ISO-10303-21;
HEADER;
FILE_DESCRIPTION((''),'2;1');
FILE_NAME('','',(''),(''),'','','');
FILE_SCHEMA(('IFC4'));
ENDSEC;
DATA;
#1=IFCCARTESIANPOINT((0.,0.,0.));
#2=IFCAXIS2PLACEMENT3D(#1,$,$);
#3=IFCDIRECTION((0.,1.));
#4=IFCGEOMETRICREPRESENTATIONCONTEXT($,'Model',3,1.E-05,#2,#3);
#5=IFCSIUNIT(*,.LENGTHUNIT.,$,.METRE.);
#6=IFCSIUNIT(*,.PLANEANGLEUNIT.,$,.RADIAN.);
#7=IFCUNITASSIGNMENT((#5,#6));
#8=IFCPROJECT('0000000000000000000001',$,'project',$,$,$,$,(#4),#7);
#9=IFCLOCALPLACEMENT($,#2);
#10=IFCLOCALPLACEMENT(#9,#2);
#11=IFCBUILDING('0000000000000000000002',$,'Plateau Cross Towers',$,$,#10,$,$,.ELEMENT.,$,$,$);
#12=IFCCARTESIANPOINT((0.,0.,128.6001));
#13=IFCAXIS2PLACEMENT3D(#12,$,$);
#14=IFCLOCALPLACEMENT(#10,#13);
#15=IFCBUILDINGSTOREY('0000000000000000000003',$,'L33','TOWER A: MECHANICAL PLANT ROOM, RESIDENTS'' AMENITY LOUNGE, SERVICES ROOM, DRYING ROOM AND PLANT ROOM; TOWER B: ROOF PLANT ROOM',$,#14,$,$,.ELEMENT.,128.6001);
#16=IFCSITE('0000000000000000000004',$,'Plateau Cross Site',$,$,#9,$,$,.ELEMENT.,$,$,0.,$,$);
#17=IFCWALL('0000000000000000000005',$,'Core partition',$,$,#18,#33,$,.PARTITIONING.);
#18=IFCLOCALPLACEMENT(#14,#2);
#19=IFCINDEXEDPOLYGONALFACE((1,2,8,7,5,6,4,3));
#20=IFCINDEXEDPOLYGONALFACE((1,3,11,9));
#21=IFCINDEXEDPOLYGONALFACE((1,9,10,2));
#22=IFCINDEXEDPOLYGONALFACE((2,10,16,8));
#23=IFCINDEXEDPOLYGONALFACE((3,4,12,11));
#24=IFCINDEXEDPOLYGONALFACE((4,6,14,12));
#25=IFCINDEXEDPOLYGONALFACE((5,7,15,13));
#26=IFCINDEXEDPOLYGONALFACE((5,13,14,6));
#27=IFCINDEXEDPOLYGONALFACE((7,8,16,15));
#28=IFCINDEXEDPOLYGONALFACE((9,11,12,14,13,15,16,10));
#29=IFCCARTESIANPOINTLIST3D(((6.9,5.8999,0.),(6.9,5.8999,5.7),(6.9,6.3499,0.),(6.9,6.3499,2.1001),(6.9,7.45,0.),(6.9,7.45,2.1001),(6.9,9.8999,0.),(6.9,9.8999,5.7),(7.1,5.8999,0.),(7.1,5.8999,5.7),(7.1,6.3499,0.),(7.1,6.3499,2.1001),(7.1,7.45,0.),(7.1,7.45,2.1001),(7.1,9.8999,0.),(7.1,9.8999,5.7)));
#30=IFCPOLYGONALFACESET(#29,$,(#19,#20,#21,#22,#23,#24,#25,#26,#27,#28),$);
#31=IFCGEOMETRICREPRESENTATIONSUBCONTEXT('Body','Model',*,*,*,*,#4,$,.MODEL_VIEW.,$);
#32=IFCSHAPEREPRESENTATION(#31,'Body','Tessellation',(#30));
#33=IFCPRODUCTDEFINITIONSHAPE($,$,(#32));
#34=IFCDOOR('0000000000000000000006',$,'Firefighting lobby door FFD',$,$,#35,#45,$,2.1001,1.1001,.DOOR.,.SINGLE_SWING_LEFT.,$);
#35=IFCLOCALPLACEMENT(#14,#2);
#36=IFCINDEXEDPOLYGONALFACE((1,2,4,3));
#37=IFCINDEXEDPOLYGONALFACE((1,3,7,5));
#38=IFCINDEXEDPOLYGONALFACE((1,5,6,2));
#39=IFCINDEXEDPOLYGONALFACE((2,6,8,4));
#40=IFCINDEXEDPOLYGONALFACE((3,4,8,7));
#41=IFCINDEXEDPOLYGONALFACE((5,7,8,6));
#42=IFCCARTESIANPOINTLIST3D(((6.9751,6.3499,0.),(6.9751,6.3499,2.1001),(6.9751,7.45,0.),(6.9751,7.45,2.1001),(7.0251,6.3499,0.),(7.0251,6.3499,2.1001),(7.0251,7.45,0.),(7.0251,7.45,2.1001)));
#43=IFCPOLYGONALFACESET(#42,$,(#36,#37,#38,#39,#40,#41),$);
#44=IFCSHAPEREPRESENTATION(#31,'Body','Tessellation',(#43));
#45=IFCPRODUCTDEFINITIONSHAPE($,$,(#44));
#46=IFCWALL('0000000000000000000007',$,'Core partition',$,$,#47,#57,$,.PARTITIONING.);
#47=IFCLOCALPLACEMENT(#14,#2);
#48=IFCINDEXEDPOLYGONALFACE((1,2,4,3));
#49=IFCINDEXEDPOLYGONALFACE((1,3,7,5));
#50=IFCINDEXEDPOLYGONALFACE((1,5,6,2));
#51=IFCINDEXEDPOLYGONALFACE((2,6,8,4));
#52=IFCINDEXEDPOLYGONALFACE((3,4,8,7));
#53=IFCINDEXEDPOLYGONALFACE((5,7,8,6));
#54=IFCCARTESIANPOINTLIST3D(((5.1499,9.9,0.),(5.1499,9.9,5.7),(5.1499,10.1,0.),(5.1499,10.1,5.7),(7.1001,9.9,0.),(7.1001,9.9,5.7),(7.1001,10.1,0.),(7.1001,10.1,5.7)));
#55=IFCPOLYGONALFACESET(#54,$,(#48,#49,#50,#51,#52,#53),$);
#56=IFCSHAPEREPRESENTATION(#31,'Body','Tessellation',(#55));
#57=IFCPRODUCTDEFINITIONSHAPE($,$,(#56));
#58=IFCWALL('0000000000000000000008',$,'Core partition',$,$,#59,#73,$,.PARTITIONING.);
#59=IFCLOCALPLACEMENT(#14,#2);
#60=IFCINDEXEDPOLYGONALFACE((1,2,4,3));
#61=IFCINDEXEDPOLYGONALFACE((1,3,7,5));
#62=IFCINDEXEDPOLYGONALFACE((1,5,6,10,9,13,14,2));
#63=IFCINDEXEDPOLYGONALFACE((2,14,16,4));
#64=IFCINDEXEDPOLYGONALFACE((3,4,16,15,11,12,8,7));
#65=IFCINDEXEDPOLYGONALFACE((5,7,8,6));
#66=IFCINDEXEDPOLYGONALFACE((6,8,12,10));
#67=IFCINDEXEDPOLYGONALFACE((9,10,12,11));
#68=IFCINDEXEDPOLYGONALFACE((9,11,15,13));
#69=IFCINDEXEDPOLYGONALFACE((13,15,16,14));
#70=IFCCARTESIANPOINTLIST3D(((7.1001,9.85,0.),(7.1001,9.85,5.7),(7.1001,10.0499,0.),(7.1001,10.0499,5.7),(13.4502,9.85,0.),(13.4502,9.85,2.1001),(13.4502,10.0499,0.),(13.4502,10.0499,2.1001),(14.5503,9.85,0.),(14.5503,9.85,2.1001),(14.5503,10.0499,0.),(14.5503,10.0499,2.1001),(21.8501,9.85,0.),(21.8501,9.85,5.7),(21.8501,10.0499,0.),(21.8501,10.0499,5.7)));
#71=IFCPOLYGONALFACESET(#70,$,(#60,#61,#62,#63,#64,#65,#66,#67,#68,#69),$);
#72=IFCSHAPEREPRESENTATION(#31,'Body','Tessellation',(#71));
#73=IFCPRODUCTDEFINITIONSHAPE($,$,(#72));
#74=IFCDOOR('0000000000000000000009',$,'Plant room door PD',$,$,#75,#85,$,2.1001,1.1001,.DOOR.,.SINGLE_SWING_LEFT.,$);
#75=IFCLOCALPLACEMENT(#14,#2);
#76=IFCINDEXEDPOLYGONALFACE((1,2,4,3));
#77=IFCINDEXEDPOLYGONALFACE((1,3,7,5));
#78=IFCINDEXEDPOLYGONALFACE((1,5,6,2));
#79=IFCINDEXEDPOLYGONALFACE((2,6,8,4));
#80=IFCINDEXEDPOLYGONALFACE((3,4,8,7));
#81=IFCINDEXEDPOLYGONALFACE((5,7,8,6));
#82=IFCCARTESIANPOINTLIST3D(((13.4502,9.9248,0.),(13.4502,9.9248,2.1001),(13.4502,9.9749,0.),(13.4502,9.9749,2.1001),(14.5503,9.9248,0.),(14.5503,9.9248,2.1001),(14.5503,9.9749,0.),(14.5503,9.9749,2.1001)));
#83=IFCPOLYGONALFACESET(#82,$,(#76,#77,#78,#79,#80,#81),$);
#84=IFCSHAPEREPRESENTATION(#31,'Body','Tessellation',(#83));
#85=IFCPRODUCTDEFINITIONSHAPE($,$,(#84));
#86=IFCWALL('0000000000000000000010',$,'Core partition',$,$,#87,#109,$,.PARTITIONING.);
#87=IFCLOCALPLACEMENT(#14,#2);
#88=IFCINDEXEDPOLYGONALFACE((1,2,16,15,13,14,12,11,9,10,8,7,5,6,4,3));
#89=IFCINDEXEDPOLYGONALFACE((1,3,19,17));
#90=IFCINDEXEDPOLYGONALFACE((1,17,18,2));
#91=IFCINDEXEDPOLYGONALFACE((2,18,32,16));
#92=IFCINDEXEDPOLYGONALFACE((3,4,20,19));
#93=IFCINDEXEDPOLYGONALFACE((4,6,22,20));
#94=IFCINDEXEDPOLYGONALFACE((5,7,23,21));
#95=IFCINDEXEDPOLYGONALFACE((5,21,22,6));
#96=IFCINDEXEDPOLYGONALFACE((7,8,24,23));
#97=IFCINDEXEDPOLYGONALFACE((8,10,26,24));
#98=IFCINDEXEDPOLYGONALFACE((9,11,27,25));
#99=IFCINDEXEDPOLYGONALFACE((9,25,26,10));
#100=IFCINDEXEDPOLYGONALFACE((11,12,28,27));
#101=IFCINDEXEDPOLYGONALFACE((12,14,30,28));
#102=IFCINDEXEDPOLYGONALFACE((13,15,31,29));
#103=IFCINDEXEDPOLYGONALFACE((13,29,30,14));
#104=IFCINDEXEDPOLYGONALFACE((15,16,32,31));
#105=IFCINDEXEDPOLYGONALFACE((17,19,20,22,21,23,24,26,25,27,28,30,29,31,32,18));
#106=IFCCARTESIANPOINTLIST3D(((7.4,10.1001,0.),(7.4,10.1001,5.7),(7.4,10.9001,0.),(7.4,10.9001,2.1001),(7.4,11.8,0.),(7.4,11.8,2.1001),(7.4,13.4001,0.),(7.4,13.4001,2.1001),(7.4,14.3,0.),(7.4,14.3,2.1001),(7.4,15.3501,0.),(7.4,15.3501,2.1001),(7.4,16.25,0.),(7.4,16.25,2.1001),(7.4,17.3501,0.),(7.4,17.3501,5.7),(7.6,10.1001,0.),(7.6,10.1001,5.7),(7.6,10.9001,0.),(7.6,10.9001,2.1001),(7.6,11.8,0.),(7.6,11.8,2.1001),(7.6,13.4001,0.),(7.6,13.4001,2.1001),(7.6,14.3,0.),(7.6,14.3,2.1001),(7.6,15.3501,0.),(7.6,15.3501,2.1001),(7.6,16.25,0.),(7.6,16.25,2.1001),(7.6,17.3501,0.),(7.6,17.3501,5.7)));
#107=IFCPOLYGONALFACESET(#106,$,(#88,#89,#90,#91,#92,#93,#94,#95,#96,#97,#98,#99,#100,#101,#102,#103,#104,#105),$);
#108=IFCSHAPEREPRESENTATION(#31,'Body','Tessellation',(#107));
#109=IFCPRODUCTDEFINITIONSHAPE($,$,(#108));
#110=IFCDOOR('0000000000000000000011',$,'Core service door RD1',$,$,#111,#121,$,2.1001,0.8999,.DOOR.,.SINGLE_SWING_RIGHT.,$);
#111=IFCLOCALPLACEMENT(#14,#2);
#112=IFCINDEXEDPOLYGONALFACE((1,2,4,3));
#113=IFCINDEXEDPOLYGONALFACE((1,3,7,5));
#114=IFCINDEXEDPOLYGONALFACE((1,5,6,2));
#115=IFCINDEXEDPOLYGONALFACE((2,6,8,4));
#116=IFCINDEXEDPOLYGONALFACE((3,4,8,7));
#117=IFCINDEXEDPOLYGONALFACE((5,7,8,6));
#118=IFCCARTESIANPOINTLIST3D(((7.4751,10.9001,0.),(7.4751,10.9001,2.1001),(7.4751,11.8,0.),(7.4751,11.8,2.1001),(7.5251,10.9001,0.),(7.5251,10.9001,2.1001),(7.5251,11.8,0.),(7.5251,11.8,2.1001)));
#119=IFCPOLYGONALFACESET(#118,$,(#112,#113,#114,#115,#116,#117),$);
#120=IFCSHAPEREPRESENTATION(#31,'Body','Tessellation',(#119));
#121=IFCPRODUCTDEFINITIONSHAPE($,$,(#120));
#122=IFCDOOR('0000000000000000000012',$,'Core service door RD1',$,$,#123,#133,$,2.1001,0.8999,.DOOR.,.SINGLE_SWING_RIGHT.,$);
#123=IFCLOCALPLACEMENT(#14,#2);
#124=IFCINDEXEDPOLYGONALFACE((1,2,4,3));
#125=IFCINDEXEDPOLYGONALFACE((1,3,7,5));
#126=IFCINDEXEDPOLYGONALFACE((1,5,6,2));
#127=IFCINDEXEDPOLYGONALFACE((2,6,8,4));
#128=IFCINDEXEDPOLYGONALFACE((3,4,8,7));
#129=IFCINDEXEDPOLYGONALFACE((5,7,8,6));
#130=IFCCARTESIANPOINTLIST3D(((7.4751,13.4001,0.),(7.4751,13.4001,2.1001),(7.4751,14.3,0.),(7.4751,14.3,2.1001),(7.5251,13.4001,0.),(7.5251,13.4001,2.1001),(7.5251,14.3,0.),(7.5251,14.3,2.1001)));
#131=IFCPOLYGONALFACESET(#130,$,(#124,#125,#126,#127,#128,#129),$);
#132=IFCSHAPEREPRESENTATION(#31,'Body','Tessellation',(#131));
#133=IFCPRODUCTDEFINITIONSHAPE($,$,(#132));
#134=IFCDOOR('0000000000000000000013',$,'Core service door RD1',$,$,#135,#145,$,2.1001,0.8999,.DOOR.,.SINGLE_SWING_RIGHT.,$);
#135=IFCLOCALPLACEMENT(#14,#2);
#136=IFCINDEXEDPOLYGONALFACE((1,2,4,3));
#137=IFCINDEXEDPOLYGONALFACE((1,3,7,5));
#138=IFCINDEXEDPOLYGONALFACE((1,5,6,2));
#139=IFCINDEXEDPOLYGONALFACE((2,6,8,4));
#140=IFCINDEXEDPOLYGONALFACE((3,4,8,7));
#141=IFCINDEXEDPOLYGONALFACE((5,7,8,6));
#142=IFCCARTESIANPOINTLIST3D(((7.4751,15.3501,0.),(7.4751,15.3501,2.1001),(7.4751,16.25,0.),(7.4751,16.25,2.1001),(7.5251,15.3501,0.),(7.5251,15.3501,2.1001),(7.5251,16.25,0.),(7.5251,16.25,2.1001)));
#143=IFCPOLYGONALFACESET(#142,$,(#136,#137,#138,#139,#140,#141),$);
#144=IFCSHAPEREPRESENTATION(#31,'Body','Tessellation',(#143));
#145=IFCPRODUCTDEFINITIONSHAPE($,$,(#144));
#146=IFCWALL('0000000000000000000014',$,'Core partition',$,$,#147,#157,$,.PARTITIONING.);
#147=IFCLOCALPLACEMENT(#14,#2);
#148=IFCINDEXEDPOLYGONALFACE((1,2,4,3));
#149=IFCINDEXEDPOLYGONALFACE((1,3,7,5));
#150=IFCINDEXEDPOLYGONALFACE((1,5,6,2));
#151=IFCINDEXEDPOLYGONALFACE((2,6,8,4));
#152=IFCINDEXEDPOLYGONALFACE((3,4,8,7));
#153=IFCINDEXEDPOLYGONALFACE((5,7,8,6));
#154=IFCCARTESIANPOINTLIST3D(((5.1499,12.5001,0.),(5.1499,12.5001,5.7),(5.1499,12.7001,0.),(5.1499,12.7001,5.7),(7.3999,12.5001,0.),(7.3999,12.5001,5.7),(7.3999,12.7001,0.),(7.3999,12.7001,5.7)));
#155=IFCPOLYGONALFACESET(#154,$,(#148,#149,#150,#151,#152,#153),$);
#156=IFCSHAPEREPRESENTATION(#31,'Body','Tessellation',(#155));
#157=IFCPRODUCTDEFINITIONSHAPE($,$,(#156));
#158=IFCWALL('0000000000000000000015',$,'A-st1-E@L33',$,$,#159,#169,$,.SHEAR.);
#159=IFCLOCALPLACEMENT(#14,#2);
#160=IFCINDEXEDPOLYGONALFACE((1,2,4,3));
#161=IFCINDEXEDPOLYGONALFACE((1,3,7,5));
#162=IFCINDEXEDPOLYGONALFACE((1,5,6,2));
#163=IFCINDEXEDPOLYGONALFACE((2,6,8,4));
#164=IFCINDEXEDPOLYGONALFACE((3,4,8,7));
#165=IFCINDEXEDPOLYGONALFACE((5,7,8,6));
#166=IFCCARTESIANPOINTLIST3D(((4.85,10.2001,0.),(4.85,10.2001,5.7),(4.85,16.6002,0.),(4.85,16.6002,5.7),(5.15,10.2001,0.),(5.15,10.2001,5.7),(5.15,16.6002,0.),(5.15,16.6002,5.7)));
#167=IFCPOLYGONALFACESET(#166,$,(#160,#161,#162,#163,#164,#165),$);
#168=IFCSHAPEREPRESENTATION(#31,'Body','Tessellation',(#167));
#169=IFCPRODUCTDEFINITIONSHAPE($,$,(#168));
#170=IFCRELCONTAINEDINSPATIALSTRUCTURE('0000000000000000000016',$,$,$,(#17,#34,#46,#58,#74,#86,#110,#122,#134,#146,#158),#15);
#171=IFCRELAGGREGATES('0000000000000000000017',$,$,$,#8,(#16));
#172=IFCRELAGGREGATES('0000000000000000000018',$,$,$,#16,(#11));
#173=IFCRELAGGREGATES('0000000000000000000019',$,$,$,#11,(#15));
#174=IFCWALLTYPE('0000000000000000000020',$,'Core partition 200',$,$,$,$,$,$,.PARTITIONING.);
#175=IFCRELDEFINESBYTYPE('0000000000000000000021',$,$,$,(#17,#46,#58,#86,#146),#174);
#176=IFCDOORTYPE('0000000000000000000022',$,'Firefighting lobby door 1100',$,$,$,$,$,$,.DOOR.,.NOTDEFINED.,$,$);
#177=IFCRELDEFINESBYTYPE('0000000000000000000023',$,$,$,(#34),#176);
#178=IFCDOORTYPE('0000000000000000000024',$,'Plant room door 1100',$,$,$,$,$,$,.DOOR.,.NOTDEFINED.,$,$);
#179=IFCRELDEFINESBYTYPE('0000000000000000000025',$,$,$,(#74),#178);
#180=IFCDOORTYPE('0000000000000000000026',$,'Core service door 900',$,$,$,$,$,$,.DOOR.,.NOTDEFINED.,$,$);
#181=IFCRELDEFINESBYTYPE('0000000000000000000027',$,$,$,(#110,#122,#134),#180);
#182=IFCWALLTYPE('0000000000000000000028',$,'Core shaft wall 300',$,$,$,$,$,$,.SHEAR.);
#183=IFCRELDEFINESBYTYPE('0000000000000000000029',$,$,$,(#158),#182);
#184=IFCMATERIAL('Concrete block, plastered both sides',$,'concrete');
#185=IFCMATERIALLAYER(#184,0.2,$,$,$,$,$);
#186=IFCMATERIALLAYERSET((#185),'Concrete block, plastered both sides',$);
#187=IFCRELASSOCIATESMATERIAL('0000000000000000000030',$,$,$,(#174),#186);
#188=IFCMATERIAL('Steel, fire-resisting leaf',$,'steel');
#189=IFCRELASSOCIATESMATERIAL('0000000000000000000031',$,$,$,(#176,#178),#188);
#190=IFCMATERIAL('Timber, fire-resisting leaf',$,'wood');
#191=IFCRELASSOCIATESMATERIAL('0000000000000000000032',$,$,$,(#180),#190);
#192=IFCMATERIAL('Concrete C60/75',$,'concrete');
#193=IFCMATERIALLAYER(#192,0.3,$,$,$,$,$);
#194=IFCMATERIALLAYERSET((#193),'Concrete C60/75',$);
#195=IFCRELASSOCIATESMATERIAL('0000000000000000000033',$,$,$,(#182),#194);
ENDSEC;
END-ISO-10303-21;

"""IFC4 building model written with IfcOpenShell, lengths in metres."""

from ifc_helpers import new_model, si_unit, direction, frame, frame_2d, origin, place, context, subcontext, project, spatial, rectangle, extrude, material, layer, layer_set, type_object, element, fill, save


model = new_model("IFC4")

# Units and contexts
model_context = context("Model", 3, precision=1e-05, world=origin(), true_north=direction((0.0, 1.0)))
body_context = subcontext(model_context, "Body", "Model", "MODEL_VIEW")
ifc_project = project(units=[si_unit("LENGTHUNIT", "METRE"), si_unit("PLANEANGLEUNIT", "RADIAN")], contexts=[model_context])

# Site, building, storey
site_placement = place(None, origin())
site = spatial("IfcSite", under=ifc_project, at=site_placement, Name="Plateau Cross Site", CompositionType="ELEMENT", RefElevation=0.0)
building_placement = place(site_placement, origin())
building = spatial("IfcBuilding", under=site, at=building_placement, Name="Plateau Cross Towers", CompositionType="ELEMENT")
storey_placement = place(building_placement, frame((0.0, 0.0, 128.6001)))
storey = spatial("IfcBuildingStorey", under=building, at=storey_placement, Name="L33", Description="TOWER A: MECHANICAL PLANT ROOM, RESIDENTS' AMENITY LOUNGE, SERVICES ROOM, DRYING ROOM AND PLANT ROOM; TOWER B: ROOF PLANT ROOM", CompositionType="ELEMENT", Elevation=128.6001)

# Wall, opening, door
ifc_material_1 = material(Name="Concrete block, plastered both sides", Category="concrete")
ifc_layer_1 = layer(ifc_material_1, 0.2)
ifc_layer_set_1 = layer_set([ifc_layer_1], Name="Concrete block, plastered both sides")
wall_type_1 = type_object("IfcWallType", Name="Core partition 200", PredefinedType="PARTITIONING", material=ifc_layer_set_1)
wall_1_placement = place(storey_placement, frame((7.0, 5.8999, 0.0), z_axis=(0.0, 0.0, 1.0), x_axis=(0.0, 1.0, 0.0)))
wall_1 = element("IfcWall", 1, at=wall_1_placement, inside=storey, type_object=wall_type_1, Name="Core partition", PredefinedType="PARTITIONING", context=body_context, shape_type="SweptSolid", body=[
    extrude(rectangle(XDim=4.0, YDim=0.2, at=frame_2d((2.0, 0.0))), origin(), (0.0, 0.0, 1.0), 5.7),
])
opening_1_placement = place(wall_1_placement, frame((0.45, 0.0, 0.0)))
opening_1 = element("IfcOpeningElement", 2, at=opening_1_placement, cuts=wall_1, PredefinedType="OPENING", context=body_context, shape_type="SweptSolid", body=[
    extrude(rectangle(XDim=1.1001, YDim=2.1001, at=frame_2d((0.55, 1.05))), frame((0.0, 0.1099, 0.0), z_axis=(0.0, -1.0, 0.0), x_axis=(1.0, 0.0, 0.0)), (0.0, 0.0, 1.0), 0.22),
])
ifc_material_2 = material(Name="Steel, fire-resisting leaf", Category="steel")
door_type_1 = type_object("IfcDoorType", Name="Firefighting lobby door 1100", OperationType="NOTDEFINED", PredefinedType="DOOR", material=ifc_material_2)
door_1_placement = place(opening_1_placement, origin())
door_1 = element("IfcDoor", 3, at=door_1_placement, inside=storey, type_object=door_type_1, Name="Firefighting lobby door FFD", OperationType="SINGLE_SWING_LEFT", OverallHeight=2.1001, OverallWidth=1.1001, PredefinedType="DOOR", context=body_context, shape_type="SweptSolid", body=[
    extrude(rectangle(XDim=1.1001, YDim=2.1001, at=frame_2d((0.55, 1.05))), frame((0.0, 0.0249, 0.0), z_axis=(0.0, -1.0, 0.0), x_axis=(1.0, 0.0, 0.0)), (0.0, 0.0, 1.0), 0.05),
])
fill(opening_1, door_1)

# Wall
wall_2_placement = place(storey_placement, frame((5.1499, 10.0, 0.0), z_axis=(0.0, 0.0, 1.0), x_axis=(1.0, 0.0, 0.0)))
element("IfcWall", 4, at=wall_2_placement, inside=storey, type_object=wall_type_1, Name="Core partition", PredefinedType="PARTITIONING", context=body_context, shape_type="SweptSolid", body=[
    extrude(rectangle(XDim=1.9502, YDim=0.2, at=frame_2d((0.9751, 0.0))), origin(), (0.0, 0.0, 1.0), 5.7),
])

# Wall, opening, door
wall_3_placement = place(storey_placement, frame((7.1001, 9.95, 0.0), z_axis=(0.0, 0.0, 1.0), x_axis=(1.0, 0.0, 0.0)))
wall_3 = element("IfcWall", 5, at=wall_3_placement, inside=storey, type_object=wall_type_1, Name="Core partition", PredefinedType="PARTITIONING", context=body_context, shape_type="SweptSolid", body=[
    extrude(rectangle(XDim=14.75, YDim=0.2, at=frame_2d((7.375, 0.0))), origin(), (0.0, 0.0, 1.0), 5.7),
])
opening_2_placement = place(wall_3_placement, frame((6.3501, 0.0, 0.0)))
opening_2 = element("IfcOpeningElement", 6, at=opening_2_placement, cuts=wall_3, PredefinedType="OPENING", context=body_context, shape_type="SweptSolid", body=[
    extrude(rectangle(XDim=1.1001, YDim=2.1001, at=frame_2d((0.55, 1.05))), frame((0.0, 0.1099, 0.0), z_axis=(0.0, -1.0, 0.0), x_axis=(1.0, 0.0, 0.0)), (0.0, 0.0, 1.0), 0.22),
])
door_type_2 = type_object("IfcDoorType", Name="Plant room door 1100", OperationType="NOTDEFINED", PredefinedType="DOOR", material=ifc_material_2)
door_2_placement = place(opening_2_placement, origin())
door_2 = element("IfcDoor", 7, at=door_2_placement, inside=storey, type_object=door_type_2, Name="Plant room door PD", OperationType="SINGLE_SWING_LEFT", OverallHeight=2.1001, OverallWidth=1.1001, PredefinedType="DOOR", context=body_context, shape_type="SweptSolid", body=[
    extrude(rectangle(XDim=1.1001, YDim=2.1001, at=frame_2d((0.55, 1.05))), frame((0.0, 0.0249, 0.0), z_axis=(0.0, -1.0, 0.0), x_axis=(1.0, 0.0, 0.0)), (0.0, 0.0, 1.0), 0.05),
])
fill(opening_2, door_2)

# Wall, openings, doors
wall_4_placement = place(storey_placement, frame((7.5, 10.1001, 0.0), z_axis=(0.0, 0.0, 1.0), x_axis=(0.0, 1.0, 0.0)))
wall_4 = element("IfcWall", 8, at=wall_4_placement, inside=storey, type_object=wall_type_1, Name="Core partition", PredefinedType="PARTITIONING", context=body_context, shape_type="SweptSolid", body=[
    extrude(rectangle(XDim=7.25, YDim=0.2, at=frame_2d((3.625, 0.0))), origin(), (0.0, 0.0, 1.0), 5.7),
])
opening_3_placement = place(wall_4_placement, frame((0.8, 0.0, 0.0)))
opening_3 = element("IfcOpeningElement", 9, at=opening_3_placement, cuts=wall_4, PredefinedType="OPENING", context=body_context, shape_type="SweptSolid", body=[
    extrude(rectangle(XDim=0.8999, YDim=2.1001, at=frame_2d((0.45, 1.05))), frame((0.0, 0.1099, 0.0), z_axis=(0.0, -1.0, 0.0), x_axis=(1.0, 0.0, 0.0)), (0.0, 0.0, 1.0), 0.22),
])
opening_4_placement = place(wall_4_placement, frame((3.3, 0.0, 0.0)))
opening_4 = element("IfcOpeningElement", 10, at=opening_4_placement, cuts=wall_4, PredefinedType="OPENING", context=body_context, shape_type="SweptSolid", body=[
    extrude(rectangle(XDim=0.8999, YDim=2.1001, at=frame_2d((0.45, 1.05))), frame((0.0, 0.1099, 0.0), z_axis=(0.0, -1.0, 0.0), x_axis=(1.0, 0.0, 0.0)), (0.0, 0.0, 1.0), 0.22),
])
opening_5_placement = place(wall_4_placement, frame((5.25, 0.0, 0.0)))
opening_5 = element("IfcOpeningElement", 11, at=opening_5_placement, cuts=wall_4, PredefinedType="OPENING", context=body_context, shape_type="SweptSolid", body=[
    extrude(rectangle(XDim=0.8999, YDim=2.1001, at=frame_2d((0.45, 1.05))), frame((0.0, 0.1099, 0.0), z_axis=(0.0, -1.0, 0.0), x_axis=(1.0, 0.0, 0.0)), (0.0, 0.0, 1.0), 0.22),
])
ifc_material_3 = material(Name="Timber, fire-resisting leaf", Category="wood")
door_type_3 = type_object("IfcDoorType", Name="Core service door 900", OperationType="NOTDEFINED", PredefinedType="DOOR", material=ifc_material_3)
door_3_placement = place(opening_3_placement, origin())
door_3 = element("IfcDoor", 12, at=door_3_placement, inside=storey, type_object=door_type_3, Name="Core service door RD1", OperationType="SINGLE_SWING_RIGHT", OverallHeight=2.1001, OverallWidth=0.8999, PredefinedType="DOOR", context=body_context, shape_type="SweptSolid", body=[
    extrude(rectangle(XDim=0.8999, YDim=2.1001, at=frame_2d((0.45, 1.05))), frame((0.0, 0.0249, 0.0), z_axis=(0.0, -1.0, 0.0), x_axis=(1.0, 0.0, 0.0)), (0.0, 0.0, 1.0), 0.05),
])
fill(opening_3, door_3)
door_4_placement = place(opening_4_placement, origin())
door_4 = element("IfcDoor", 13, at=door_4_placement, inside=storey, type_object=door_type_3, Name="Core service door RD1", OperationType="SINGLE_SWING_RIGHT", OverallHeight=2.1001, OverallWidth=0.8999, PredefinedType="DOOR", context=body_context, shape_type="SweptSolid", body=[
    extrude(rectangle(XDim=0.8999, YDim=2.1001, at=frame_2d((0.45, 1.05))), frame((0.0, 0.0249, 0.0), z_axis=(0.0, -1.0, 0.0), x_axis=(1.0, 0.0, 0.0)), (0.0, 0.0, 1.0), 0.05),
])
fill(opening_4, door_4)
door_5_placement = place(opening_5_placement, origin())
door_5 = element("IfcDoor", 14, at=door_5_placement, inside=storey, type_object=door_type_3, Name="Core service door RD1", OperationType="SINGLE_SWING_RIGHT", OverallHeight=2.1001, OverallWidth=0.8999, PredefinedType="DOOR", context=body_context, shape_type="SweptSolid", body=[
    extrude(rectangle(XDim=0.8999, YDim=2.1001, at=frame_2d((0.45, 1.05))), frame((0.0, 0.0249, 0.0), z_axis=(0.0, -1.0, 0.0), x_axis=(1.0, 0.0, 0.0)), (0.0, 0.0, 1.0), 0.05),
])
fill(opening_5, door_5)

# Walls
wall_5_placement = place(storey_placement, frame((5.1499, 12.6001, 0.0), z_axis=(0.0, 0.0, 1.0), x_axis=(1.0, 0.0, 0.0)))
element("IfcWall", 15, at=wall_5_placement, inside=storey, type_object=wall_type_1, Name="Core partition", PredefinedType="PARTITIONING", context=body_context, shape_type="SweptSolid", body=[
    extrude(rectangle(XDim=2.25, YDim=0.2, at=frame_2d((1.125, 0.0))), origin(), (0.0, 0.0, 1.0), 5.7),
])
ifc_material_4 = material(Name="Concrete C60/75", Category="concrete")
ifc_layer_2 = layer(ifc_material_4, 0.3)
ifc_layer_set_2 = layer_set([ifc_layer_2], Name="Concrete C60/75")
wall_type_2 = type_object("IfcWallType", Name="Core shaft wall 300", PredefinedType="SHEAR", material=ifc_layer_set_2)
wall_6_placement = place(storey_placement, frame((5.0, 10.2, 0.0), z_axis=(0.0, 0.0, 1.0), x_axis=(0.0, 1.0, 0.0)))
element("IfcWall", 16, at=wall_6_placement, inside=storey, type_object=wall_type_2, Name="A-st1-E@L33", PredefinedType="SHEAR", context=body_context, shape_type="SweptSolid", body=[
    extrude(rectangle(XDim=6.4001, YDim=0.3, at=frame_2d((3.2002, 0.0))), origin(), (0.0, 0.0, 1.0), 5.7),
])

save(model, "model.ifc")
